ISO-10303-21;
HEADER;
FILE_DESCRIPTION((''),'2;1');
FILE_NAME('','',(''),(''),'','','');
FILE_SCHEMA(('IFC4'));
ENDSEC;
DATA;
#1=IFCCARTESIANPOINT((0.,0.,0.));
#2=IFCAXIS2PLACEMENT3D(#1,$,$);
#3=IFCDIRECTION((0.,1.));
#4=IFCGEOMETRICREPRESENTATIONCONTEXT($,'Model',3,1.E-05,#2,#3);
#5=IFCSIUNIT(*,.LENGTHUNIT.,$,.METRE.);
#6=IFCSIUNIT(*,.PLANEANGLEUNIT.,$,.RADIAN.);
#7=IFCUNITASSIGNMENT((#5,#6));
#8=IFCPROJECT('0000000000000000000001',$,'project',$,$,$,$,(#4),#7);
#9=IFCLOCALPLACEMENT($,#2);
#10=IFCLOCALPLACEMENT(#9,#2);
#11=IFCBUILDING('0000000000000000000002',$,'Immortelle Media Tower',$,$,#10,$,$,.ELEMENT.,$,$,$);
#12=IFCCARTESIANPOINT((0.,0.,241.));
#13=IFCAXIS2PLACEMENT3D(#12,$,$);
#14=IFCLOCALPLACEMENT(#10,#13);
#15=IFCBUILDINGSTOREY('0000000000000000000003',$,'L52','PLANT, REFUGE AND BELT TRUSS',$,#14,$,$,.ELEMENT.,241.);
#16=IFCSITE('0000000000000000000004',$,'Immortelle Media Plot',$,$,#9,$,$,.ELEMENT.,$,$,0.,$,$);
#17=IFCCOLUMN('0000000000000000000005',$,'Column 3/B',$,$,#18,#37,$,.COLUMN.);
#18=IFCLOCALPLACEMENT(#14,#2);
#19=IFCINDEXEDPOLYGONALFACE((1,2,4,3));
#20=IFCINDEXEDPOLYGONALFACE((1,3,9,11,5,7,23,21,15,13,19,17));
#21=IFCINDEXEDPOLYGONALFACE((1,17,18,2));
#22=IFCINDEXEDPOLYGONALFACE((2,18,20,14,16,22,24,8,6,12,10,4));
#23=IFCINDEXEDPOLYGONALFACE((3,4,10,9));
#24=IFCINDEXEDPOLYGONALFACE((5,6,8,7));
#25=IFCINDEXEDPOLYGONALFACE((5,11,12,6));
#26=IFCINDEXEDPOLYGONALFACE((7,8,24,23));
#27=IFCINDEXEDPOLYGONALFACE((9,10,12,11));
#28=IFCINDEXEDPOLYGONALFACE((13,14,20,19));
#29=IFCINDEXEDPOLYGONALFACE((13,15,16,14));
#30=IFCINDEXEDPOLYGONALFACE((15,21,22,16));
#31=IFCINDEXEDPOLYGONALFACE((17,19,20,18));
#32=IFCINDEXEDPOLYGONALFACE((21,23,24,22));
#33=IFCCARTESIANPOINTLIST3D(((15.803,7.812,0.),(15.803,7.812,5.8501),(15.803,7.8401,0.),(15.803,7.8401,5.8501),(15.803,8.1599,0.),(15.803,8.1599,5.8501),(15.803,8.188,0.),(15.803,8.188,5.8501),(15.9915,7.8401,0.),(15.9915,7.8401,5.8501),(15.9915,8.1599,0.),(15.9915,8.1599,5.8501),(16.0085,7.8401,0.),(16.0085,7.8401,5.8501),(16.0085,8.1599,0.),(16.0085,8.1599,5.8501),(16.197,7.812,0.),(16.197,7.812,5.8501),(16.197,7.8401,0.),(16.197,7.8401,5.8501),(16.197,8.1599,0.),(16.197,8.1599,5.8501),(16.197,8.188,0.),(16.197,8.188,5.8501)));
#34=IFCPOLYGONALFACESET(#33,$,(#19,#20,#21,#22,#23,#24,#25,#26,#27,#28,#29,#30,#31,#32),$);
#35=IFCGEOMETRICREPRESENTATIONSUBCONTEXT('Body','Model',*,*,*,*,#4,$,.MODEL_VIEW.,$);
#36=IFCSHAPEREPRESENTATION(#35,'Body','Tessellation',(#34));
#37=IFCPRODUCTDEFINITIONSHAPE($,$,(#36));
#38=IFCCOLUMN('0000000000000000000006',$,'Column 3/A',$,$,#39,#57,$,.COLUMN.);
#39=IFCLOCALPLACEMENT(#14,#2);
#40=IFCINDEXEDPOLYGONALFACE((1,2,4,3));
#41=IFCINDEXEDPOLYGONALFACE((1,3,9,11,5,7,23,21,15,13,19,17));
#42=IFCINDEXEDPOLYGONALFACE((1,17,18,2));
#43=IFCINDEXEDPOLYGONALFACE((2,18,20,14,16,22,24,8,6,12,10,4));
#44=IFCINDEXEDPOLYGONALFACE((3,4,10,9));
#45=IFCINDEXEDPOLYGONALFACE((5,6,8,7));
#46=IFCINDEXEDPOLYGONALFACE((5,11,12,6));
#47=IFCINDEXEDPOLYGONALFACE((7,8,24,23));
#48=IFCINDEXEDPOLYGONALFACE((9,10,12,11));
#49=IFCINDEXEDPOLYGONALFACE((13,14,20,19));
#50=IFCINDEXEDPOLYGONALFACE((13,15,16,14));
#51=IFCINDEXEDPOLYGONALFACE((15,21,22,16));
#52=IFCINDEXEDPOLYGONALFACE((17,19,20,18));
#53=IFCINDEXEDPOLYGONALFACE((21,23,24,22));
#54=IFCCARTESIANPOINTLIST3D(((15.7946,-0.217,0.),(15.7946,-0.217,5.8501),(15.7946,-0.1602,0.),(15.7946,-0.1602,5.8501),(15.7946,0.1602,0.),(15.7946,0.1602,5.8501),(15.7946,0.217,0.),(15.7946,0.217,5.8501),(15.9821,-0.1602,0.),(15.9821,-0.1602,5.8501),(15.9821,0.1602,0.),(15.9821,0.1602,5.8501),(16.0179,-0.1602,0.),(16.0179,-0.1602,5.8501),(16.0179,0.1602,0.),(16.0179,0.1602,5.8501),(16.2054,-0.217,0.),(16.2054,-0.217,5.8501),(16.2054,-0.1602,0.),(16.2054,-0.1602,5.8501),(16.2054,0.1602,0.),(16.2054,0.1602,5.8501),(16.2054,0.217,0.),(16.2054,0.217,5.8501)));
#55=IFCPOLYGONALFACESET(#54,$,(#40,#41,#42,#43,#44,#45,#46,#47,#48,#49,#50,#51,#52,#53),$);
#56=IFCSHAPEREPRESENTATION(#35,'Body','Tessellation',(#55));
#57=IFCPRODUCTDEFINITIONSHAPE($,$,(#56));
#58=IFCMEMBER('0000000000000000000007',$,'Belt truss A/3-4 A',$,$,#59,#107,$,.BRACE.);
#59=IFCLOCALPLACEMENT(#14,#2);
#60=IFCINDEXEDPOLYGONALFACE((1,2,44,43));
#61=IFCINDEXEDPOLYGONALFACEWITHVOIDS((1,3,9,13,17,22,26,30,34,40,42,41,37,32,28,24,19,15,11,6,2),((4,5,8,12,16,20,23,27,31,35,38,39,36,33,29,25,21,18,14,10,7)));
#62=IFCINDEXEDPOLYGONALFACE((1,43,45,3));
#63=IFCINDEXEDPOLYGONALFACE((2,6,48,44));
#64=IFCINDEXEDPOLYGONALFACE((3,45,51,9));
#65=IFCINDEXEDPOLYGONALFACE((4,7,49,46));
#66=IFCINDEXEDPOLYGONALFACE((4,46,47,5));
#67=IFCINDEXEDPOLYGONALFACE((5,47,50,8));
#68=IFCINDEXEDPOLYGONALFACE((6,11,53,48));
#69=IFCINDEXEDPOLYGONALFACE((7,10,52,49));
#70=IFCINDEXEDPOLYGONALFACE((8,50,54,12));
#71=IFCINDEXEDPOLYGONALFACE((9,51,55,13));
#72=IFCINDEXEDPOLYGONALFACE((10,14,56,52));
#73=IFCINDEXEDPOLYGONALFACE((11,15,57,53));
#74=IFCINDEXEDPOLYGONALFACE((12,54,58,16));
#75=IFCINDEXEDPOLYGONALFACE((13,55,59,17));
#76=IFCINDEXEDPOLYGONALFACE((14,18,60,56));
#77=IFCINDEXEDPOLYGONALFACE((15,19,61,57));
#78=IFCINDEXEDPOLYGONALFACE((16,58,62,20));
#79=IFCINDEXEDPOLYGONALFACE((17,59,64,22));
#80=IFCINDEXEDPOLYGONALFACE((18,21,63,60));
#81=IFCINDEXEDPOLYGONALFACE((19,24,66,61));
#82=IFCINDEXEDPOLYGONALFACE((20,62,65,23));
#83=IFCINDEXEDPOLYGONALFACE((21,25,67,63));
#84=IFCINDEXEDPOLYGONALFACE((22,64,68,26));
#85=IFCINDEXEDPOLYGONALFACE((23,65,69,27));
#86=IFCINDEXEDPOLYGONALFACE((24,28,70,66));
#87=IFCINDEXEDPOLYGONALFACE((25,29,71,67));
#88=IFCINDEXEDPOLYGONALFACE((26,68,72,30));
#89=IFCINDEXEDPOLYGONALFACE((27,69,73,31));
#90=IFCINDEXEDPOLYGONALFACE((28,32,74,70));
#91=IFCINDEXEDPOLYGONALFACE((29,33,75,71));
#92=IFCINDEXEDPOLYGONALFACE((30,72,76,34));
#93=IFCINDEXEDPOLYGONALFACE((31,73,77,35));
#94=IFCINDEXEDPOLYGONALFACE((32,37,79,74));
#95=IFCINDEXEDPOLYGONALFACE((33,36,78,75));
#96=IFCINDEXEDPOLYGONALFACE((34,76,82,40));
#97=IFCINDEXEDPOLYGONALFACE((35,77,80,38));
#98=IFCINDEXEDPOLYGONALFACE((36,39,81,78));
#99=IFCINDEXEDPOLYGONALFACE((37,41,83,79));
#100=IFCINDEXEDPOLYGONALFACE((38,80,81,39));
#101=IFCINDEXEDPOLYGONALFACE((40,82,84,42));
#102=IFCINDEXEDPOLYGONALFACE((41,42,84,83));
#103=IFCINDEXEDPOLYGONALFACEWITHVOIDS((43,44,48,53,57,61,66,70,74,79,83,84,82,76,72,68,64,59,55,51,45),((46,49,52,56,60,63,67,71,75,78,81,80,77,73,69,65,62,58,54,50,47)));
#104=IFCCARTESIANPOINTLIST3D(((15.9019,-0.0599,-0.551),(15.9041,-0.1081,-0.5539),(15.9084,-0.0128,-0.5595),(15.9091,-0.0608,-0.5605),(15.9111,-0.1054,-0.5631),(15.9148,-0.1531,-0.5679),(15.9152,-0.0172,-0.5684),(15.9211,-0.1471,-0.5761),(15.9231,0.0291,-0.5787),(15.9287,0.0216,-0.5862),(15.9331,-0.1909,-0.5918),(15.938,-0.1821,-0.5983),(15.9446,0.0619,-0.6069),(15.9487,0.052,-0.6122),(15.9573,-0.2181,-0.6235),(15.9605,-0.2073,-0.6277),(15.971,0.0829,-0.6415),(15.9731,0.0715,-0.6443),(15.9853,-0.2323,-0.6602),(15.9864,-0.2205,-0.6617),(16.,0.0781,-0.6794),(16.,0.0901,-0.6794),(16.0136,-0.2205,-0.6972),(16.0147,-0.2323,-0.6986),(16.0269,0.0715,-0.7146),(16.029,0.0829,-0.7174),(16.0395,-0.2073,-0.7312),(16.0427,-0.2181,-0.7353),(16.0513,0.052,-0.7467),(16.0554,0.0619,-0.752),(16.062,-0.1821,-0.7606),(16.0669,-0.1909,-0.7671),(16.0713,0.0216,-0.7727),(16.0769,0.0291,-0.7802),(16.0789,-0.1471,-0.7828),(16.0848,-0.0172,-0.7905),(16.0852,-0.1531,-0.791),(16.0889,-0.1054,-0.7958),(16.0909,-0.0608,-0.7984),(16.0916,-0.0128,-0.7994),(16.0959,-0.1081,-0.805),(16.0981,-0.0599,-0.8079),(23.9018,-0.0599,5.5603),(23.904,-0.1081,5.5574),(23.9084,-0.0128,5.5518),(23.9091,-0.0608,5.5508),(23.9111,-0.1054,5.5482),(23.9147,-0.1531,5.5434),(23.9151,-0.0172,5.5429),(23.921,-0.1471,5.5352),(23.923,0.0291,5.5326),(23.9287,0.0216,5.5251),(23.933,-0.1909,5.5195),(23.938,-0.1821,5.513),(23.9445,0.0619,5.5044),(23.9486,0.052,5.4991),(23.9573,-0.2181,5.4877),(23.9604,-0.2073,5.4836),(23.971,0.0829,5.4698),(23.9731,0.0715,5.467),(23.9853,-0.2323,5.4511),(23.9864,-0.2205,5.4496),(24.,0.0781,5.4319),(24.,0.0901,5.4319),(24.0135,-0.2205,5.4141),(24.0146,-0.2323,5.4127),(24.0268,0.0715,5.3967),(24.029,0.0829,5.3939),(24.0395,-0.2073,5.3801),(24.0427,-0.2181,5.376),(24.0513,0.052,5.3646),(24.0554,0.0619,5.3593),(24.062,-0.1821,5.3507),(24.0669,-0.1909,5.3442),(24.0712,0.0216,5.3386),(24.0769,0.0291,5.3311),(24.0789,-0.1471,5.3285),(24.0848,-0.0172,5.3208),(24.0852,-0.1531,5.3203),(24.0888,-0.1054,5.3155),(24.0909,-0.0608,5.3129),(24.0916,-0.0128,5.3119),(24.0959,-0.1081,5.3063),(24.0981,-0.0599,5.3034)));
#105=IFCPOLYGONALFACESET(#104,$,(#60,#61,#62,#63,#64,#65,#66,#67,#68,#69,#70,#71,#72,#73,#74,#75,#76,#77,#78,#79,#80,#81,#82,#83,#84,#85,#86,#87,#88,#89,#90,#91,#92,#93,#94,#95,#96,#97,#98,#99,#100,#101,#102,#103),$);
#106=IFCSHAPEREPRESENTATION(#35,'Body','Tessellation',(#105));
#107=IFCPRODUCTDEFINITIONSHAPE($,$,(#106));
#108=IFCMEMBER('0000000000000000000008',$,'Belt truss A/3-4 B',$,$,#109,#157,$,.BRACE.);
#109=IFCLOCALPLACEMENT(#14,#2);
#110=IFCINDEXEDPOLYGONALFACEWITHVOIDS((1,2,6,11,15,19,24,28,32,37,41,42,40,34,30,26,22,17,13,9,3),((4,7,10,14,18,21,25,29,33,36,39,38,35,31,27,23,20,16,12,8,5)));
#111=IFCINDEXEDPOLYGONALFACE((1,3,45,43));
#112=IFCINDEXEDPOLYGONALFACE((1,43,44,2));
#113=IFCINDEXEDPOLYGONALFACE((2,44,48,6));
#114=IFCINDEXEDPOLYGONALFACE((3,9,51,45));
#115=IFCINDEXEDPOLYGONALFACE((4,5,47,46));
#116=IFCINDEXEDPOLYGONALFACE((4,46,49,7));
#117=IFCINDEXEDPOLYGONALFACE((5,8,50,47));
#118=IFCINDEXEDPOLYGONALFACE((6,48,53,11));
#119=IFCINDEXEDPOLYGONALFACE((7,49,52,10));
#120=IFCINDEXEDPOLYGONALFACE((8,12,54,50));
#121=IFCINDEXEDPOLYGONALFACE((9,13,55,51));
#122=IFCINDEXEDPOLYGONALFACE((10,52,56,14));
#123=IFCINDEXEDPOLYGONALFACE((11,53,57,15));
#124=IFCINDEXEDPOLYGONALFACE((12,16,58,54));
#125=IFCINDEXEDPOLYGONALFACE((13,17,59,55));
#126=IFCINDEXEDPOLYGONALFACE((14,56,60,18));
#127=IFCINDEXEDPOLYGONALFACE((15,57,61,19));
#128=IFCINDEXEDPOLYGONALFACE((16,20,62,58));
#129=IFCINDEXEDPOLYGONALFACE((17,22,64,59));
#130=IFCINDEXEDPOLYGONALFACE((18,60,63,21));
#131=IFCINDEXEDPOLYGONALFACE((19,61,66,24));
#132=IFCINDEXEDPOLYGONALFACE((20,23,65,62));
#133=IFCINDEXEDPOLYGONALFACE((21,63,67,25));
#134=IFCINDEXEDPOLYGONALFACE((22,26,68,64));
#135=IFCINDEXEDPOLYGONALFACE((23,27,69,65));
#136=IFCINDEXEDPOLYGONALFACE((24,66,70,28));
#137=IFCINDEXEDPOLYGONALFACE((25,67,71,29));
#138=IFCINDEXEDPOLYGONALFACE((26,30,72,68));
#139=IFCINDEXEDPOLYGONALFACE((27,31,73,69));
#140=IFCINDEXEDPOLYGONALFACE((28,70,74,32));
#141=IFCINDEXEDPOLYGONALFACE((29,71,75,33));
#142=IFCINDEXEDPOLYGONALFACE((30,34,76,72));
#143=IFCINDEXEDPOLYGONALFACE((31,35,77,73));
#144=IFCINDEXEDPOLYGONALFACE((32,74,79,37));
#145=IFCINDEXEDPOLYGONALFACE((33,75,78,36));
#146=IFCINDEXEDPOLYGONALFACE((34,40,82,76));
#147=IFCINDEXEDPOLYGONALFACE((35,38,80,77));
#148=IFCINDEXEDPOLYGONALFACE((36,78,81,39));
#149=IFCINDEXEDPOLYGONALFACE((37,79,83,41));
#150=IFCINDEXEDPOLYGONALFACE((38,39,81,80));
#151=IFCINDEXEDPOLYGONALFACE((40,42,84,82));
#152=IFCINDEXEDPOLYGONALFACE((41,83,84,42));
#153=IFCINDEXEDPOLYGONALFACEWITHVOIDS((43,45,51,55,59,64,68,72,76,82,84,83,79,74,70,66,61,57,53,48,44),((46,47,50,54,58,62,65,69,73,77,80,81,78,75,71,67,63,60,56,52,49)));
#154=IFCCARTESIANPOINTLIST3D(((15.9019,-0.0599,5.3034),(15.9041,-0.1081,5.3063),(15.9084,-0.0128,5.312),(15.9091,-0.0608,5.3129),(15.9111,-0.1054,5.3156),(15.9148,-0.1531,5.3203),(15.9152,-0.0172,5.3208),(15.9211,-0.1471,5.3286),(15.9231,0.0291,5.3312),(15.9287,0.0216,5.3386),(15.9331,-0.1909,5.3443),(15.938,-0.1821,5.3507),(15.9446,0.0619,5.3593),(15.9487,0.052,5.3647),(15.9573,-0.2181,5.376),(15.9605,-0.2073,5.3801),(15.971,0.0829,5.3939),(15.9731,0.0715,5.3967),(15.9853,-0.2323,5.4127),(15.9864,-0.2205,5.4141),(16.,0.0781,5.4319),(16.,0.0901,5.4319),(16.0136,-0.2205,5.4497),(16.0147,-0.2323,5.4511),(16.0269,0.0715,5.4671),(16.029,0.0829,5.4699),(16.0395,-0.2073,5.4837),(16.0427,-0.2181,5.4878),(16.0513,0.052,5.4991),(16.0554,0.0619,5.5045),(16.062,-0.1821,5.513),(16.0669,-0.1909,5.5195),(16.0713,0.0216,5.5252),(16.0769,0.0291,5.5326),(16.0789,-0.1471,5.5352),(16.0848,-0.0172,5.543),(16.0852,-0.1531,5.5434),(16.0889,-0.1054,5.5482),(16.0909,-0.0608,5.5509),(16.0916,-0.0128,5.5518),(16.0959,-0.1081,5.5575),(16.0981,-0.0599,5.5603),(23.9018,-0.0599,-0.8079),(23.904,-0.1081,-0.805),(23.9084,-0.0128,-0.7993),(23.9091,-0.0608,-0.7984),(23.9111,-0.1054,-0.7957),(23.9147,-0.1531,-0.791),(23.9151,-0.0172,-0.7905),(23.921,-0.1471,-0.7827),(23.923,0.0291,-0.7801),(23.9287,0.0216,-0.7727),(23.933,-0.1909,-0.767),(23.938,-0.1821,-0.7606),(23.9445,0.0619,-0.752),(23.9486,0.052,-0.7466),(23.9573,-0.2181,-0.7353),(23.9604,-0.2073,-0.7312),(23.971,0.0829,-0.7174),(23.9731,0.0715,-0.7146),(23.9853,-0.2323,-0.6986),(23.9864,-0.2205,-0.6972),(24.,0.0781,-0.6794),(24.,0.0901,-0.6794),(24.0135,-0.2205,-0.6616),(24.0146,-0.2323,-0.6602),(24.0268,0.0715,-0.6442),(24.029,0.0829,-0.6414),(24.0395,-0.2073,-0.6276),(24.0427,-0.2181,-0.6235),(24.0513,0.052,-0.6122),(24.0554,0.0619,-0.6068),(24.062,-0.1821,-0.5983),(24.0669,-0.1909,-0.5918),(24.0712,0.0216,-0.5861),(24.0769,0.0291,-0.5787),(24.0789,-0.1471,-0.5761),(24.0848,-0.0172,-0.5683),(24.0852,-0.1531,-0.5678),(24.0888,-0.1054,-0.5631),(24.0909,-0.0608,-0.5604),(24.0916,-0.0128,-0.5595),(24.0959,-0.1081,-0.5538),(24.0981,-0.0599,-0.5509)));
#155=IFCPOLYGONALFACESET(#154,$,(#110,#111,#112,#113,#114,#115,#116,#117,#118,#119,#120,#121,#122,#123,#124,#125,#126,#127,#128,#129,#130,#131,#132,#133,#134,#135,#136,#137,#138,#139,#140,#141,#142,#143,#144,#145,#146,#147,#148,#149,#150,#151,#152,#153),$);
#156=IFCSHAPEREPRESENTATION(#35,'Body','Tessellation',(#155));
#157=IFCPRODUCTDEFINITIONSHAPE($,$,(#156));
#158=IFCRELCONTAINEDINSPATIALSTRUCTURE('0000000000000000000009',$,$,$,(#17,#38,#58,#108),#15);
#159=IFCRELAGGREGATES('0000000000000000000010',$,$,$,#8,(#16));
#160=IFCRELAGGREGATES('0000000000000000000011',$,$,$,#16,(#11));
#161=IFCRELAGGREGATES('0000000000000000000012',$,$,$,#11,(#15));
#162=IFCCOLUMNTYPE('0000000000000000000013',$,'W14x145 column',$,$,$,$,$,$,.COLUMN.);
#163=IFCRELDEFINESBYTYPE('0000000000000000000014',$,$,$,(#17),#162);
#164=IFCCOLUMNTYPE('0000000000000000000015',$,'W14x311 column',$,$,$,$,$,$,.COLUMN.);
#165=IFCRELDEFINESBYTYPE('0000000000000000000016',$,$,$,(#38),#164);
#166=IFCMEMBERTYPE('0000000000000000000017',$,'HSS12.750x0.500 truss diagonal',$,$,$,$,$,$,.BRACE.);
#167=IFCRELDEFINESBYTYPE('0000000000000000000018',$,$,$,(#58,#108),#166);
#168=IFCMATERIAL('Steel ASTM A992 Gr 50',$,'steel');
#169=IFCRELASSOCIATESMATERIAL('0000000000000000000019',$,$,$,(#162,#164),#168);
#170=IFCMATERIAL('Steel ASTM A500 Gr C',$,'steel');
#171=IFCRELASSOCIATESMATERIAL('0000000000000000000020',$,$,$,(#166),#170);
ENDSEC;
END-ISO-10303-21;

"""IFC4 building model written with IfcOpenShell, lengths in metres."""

from ifc_helpers import new_model, si_unit, direction, frame, origin, origin_2d, place, context, subcontext, project, spatial, hollow_circle, i_section, extrude, material, material_profile, profile_set, type_object, element, save


model = new_model("IFC4")

# Units and contexts
model_context = context("Model", 3, precision=1e-05, world=origin(), true_north=direction((0.0, 1.0)))
body_context = subcontext(model_context, "Body", "Model", "MODEL_VIEW")
ifc_project = project(units=[si_unit("LENGTHUNIT", "METRE"), si_unit("PLANEANGLEUNIT", "RADIAN")], contexts=[model_context])

# Site, building, storey
site_placement = place(None, origin())
site = spatial("IfcSite", under=ifc_project, at=site_placement, Name="Immortelle Media Plot", CompositionType="ELEMENT", RefElevation=0.0)
building_placement = place(site_placement, origin())
building = spatial("IfcBuilding", under=site, at=building_placement, Name="Immortelle Media Tower", CompositionType="ELEMENT")
storey_placement = place(building_placement, frame((0.0, 0.0, 241.0)))
storey = spatial("IfcBuildingStorey", under=building, at=storey_placement, Name="L52", Description="PLANT, REFUGE AND BELT TRUSS", CompositionType="ELEMENT", Elevation=241.0)

# Columns
ifc_material_1 = material(Name="Steel ASTM A992 Gr 50", Category="steel")
ifc_material_profile_1 = material_profile(ifc_material_1, i_section(OverallWidth=0.394, OverallDepth=0.376, WebThickness=0.0171, FlangeThickness=0.0281, at=origin_2d()), Name="W14x145")
ifc_profile_set_1 = profile_set([ifc_material_profile_1], Name="Steel ASTM A992 Gr 50")
column_type_1 = type_object("IfcColumnType", Name="W14x145 column", PredefinedType="COLUMN", material=ifc_profile_set_1)
column_1_placement = place(storey_placement, frame((16.0, 8.0, 0.0), z_axis=(0.0, 0.0, 1.0), x_axis=(1.0, 0.0, 0.0)))
element("IfcColumn", 1, at=column_1_placement, inside=storey, type_object=column_type_1, Name="Column 3/B", PredefinedType="COLUMN", context=body_context, shape_type="SweptSolid", body=[
    extrude(i_section(OverallWidth=0.394, OverallDepth=0.376, WebThickness=0.0171, FlangeThickness=0.0281, at=origin_2d()), origin(), (0.0, 0.0, 1.0), 5.8501),
])
ifc_material_profile_2 = material_profile(ifc_material_1, i_section(OverallWidth=0.4109, OverallDepth=0.4341, WebThickness=0.0359, FlangeThickness=0.0569, at=origin_2d()), Name="W14x311")
ifc_profile_set_2 = profile_set([ifc_material_profile_2], Name="Steel ASTM A992 Gr 50")
column_type_2 = type_object("IfcColumnType", Name="W14x311 column", PredefinedType="COLUMN", material=ifc_profile_set_2)
column_2_placement = place(storey_placement, frame((16.0, 0.0, 0.0), z_axis=(0.0, 0.0, 1.0), x_axis=(1.0, 0.0, 0.0)))
element("IfcColumn", 2, at=column_2_placement, inside=storey, type_object=column_type_2, Name="Column 3/A", PredefinedType="COLUMN", context=body_context, shape_type="SweptSolid", body=[
    extrude(i_section(OverallWidth=0.4109, OverallDepth=0.4341, WebThickness=0.0359, FlangeThickness=0.0569, at=origin_2d()), origin(), (0.0, 0.0, 1.0), 5.8501),
])

# Members
ifc_material_2 = material(Name="Steel ASTM A500 Gr C", Category="steel")
ifc_material_profile_3 = material_profile(ifc_material_2, hollow_circle(Radius=0.1621, WallThickness=0.012, at=origin_2d()), Name="HSS12.750x0.500 truss diagonal")
ifc_profile_set_3 = profile_set([ifc_material_profile_3], Name="Steel ASTM A500 Gr C")
member_type_1 = type_object("IfcMemberType", Name="HSS12.750x0.500 truss diagonal", PredefinedType="BRACE", material=ifc_profile_set_3)
for number, where, z_axis, x_axis, name in (
    (3, (16.0, -0.072, -0.6794), (0.794661, 0.0, 0.607054), (0.0, 1.0, 0.0), "Belt truss A/3-4 A"),
    (4, (16.0, -0.072, 5.4319), (0.794661, 0.0, -0.607054), (0.0, 1.0, 0.0), "Belt truss A/3-4 B"),
):
    element("IfcMember", number, at=place(storey_placement, frame(where, z_axis=z_axis, x_axis=x_axis)), inside=storey, type_object=member_type_1, Name=name, PredefinedType="BRACE", context=body_context, shape_type="SweptSolid", body=[
        extrude(hollow_circle(Radius=0.1621, WallThickness=0.012, at=origin_2d()), origin(), (0.0, 0.0, 1.0), 10.0671),
    ])

save(model, "model.ifc")
